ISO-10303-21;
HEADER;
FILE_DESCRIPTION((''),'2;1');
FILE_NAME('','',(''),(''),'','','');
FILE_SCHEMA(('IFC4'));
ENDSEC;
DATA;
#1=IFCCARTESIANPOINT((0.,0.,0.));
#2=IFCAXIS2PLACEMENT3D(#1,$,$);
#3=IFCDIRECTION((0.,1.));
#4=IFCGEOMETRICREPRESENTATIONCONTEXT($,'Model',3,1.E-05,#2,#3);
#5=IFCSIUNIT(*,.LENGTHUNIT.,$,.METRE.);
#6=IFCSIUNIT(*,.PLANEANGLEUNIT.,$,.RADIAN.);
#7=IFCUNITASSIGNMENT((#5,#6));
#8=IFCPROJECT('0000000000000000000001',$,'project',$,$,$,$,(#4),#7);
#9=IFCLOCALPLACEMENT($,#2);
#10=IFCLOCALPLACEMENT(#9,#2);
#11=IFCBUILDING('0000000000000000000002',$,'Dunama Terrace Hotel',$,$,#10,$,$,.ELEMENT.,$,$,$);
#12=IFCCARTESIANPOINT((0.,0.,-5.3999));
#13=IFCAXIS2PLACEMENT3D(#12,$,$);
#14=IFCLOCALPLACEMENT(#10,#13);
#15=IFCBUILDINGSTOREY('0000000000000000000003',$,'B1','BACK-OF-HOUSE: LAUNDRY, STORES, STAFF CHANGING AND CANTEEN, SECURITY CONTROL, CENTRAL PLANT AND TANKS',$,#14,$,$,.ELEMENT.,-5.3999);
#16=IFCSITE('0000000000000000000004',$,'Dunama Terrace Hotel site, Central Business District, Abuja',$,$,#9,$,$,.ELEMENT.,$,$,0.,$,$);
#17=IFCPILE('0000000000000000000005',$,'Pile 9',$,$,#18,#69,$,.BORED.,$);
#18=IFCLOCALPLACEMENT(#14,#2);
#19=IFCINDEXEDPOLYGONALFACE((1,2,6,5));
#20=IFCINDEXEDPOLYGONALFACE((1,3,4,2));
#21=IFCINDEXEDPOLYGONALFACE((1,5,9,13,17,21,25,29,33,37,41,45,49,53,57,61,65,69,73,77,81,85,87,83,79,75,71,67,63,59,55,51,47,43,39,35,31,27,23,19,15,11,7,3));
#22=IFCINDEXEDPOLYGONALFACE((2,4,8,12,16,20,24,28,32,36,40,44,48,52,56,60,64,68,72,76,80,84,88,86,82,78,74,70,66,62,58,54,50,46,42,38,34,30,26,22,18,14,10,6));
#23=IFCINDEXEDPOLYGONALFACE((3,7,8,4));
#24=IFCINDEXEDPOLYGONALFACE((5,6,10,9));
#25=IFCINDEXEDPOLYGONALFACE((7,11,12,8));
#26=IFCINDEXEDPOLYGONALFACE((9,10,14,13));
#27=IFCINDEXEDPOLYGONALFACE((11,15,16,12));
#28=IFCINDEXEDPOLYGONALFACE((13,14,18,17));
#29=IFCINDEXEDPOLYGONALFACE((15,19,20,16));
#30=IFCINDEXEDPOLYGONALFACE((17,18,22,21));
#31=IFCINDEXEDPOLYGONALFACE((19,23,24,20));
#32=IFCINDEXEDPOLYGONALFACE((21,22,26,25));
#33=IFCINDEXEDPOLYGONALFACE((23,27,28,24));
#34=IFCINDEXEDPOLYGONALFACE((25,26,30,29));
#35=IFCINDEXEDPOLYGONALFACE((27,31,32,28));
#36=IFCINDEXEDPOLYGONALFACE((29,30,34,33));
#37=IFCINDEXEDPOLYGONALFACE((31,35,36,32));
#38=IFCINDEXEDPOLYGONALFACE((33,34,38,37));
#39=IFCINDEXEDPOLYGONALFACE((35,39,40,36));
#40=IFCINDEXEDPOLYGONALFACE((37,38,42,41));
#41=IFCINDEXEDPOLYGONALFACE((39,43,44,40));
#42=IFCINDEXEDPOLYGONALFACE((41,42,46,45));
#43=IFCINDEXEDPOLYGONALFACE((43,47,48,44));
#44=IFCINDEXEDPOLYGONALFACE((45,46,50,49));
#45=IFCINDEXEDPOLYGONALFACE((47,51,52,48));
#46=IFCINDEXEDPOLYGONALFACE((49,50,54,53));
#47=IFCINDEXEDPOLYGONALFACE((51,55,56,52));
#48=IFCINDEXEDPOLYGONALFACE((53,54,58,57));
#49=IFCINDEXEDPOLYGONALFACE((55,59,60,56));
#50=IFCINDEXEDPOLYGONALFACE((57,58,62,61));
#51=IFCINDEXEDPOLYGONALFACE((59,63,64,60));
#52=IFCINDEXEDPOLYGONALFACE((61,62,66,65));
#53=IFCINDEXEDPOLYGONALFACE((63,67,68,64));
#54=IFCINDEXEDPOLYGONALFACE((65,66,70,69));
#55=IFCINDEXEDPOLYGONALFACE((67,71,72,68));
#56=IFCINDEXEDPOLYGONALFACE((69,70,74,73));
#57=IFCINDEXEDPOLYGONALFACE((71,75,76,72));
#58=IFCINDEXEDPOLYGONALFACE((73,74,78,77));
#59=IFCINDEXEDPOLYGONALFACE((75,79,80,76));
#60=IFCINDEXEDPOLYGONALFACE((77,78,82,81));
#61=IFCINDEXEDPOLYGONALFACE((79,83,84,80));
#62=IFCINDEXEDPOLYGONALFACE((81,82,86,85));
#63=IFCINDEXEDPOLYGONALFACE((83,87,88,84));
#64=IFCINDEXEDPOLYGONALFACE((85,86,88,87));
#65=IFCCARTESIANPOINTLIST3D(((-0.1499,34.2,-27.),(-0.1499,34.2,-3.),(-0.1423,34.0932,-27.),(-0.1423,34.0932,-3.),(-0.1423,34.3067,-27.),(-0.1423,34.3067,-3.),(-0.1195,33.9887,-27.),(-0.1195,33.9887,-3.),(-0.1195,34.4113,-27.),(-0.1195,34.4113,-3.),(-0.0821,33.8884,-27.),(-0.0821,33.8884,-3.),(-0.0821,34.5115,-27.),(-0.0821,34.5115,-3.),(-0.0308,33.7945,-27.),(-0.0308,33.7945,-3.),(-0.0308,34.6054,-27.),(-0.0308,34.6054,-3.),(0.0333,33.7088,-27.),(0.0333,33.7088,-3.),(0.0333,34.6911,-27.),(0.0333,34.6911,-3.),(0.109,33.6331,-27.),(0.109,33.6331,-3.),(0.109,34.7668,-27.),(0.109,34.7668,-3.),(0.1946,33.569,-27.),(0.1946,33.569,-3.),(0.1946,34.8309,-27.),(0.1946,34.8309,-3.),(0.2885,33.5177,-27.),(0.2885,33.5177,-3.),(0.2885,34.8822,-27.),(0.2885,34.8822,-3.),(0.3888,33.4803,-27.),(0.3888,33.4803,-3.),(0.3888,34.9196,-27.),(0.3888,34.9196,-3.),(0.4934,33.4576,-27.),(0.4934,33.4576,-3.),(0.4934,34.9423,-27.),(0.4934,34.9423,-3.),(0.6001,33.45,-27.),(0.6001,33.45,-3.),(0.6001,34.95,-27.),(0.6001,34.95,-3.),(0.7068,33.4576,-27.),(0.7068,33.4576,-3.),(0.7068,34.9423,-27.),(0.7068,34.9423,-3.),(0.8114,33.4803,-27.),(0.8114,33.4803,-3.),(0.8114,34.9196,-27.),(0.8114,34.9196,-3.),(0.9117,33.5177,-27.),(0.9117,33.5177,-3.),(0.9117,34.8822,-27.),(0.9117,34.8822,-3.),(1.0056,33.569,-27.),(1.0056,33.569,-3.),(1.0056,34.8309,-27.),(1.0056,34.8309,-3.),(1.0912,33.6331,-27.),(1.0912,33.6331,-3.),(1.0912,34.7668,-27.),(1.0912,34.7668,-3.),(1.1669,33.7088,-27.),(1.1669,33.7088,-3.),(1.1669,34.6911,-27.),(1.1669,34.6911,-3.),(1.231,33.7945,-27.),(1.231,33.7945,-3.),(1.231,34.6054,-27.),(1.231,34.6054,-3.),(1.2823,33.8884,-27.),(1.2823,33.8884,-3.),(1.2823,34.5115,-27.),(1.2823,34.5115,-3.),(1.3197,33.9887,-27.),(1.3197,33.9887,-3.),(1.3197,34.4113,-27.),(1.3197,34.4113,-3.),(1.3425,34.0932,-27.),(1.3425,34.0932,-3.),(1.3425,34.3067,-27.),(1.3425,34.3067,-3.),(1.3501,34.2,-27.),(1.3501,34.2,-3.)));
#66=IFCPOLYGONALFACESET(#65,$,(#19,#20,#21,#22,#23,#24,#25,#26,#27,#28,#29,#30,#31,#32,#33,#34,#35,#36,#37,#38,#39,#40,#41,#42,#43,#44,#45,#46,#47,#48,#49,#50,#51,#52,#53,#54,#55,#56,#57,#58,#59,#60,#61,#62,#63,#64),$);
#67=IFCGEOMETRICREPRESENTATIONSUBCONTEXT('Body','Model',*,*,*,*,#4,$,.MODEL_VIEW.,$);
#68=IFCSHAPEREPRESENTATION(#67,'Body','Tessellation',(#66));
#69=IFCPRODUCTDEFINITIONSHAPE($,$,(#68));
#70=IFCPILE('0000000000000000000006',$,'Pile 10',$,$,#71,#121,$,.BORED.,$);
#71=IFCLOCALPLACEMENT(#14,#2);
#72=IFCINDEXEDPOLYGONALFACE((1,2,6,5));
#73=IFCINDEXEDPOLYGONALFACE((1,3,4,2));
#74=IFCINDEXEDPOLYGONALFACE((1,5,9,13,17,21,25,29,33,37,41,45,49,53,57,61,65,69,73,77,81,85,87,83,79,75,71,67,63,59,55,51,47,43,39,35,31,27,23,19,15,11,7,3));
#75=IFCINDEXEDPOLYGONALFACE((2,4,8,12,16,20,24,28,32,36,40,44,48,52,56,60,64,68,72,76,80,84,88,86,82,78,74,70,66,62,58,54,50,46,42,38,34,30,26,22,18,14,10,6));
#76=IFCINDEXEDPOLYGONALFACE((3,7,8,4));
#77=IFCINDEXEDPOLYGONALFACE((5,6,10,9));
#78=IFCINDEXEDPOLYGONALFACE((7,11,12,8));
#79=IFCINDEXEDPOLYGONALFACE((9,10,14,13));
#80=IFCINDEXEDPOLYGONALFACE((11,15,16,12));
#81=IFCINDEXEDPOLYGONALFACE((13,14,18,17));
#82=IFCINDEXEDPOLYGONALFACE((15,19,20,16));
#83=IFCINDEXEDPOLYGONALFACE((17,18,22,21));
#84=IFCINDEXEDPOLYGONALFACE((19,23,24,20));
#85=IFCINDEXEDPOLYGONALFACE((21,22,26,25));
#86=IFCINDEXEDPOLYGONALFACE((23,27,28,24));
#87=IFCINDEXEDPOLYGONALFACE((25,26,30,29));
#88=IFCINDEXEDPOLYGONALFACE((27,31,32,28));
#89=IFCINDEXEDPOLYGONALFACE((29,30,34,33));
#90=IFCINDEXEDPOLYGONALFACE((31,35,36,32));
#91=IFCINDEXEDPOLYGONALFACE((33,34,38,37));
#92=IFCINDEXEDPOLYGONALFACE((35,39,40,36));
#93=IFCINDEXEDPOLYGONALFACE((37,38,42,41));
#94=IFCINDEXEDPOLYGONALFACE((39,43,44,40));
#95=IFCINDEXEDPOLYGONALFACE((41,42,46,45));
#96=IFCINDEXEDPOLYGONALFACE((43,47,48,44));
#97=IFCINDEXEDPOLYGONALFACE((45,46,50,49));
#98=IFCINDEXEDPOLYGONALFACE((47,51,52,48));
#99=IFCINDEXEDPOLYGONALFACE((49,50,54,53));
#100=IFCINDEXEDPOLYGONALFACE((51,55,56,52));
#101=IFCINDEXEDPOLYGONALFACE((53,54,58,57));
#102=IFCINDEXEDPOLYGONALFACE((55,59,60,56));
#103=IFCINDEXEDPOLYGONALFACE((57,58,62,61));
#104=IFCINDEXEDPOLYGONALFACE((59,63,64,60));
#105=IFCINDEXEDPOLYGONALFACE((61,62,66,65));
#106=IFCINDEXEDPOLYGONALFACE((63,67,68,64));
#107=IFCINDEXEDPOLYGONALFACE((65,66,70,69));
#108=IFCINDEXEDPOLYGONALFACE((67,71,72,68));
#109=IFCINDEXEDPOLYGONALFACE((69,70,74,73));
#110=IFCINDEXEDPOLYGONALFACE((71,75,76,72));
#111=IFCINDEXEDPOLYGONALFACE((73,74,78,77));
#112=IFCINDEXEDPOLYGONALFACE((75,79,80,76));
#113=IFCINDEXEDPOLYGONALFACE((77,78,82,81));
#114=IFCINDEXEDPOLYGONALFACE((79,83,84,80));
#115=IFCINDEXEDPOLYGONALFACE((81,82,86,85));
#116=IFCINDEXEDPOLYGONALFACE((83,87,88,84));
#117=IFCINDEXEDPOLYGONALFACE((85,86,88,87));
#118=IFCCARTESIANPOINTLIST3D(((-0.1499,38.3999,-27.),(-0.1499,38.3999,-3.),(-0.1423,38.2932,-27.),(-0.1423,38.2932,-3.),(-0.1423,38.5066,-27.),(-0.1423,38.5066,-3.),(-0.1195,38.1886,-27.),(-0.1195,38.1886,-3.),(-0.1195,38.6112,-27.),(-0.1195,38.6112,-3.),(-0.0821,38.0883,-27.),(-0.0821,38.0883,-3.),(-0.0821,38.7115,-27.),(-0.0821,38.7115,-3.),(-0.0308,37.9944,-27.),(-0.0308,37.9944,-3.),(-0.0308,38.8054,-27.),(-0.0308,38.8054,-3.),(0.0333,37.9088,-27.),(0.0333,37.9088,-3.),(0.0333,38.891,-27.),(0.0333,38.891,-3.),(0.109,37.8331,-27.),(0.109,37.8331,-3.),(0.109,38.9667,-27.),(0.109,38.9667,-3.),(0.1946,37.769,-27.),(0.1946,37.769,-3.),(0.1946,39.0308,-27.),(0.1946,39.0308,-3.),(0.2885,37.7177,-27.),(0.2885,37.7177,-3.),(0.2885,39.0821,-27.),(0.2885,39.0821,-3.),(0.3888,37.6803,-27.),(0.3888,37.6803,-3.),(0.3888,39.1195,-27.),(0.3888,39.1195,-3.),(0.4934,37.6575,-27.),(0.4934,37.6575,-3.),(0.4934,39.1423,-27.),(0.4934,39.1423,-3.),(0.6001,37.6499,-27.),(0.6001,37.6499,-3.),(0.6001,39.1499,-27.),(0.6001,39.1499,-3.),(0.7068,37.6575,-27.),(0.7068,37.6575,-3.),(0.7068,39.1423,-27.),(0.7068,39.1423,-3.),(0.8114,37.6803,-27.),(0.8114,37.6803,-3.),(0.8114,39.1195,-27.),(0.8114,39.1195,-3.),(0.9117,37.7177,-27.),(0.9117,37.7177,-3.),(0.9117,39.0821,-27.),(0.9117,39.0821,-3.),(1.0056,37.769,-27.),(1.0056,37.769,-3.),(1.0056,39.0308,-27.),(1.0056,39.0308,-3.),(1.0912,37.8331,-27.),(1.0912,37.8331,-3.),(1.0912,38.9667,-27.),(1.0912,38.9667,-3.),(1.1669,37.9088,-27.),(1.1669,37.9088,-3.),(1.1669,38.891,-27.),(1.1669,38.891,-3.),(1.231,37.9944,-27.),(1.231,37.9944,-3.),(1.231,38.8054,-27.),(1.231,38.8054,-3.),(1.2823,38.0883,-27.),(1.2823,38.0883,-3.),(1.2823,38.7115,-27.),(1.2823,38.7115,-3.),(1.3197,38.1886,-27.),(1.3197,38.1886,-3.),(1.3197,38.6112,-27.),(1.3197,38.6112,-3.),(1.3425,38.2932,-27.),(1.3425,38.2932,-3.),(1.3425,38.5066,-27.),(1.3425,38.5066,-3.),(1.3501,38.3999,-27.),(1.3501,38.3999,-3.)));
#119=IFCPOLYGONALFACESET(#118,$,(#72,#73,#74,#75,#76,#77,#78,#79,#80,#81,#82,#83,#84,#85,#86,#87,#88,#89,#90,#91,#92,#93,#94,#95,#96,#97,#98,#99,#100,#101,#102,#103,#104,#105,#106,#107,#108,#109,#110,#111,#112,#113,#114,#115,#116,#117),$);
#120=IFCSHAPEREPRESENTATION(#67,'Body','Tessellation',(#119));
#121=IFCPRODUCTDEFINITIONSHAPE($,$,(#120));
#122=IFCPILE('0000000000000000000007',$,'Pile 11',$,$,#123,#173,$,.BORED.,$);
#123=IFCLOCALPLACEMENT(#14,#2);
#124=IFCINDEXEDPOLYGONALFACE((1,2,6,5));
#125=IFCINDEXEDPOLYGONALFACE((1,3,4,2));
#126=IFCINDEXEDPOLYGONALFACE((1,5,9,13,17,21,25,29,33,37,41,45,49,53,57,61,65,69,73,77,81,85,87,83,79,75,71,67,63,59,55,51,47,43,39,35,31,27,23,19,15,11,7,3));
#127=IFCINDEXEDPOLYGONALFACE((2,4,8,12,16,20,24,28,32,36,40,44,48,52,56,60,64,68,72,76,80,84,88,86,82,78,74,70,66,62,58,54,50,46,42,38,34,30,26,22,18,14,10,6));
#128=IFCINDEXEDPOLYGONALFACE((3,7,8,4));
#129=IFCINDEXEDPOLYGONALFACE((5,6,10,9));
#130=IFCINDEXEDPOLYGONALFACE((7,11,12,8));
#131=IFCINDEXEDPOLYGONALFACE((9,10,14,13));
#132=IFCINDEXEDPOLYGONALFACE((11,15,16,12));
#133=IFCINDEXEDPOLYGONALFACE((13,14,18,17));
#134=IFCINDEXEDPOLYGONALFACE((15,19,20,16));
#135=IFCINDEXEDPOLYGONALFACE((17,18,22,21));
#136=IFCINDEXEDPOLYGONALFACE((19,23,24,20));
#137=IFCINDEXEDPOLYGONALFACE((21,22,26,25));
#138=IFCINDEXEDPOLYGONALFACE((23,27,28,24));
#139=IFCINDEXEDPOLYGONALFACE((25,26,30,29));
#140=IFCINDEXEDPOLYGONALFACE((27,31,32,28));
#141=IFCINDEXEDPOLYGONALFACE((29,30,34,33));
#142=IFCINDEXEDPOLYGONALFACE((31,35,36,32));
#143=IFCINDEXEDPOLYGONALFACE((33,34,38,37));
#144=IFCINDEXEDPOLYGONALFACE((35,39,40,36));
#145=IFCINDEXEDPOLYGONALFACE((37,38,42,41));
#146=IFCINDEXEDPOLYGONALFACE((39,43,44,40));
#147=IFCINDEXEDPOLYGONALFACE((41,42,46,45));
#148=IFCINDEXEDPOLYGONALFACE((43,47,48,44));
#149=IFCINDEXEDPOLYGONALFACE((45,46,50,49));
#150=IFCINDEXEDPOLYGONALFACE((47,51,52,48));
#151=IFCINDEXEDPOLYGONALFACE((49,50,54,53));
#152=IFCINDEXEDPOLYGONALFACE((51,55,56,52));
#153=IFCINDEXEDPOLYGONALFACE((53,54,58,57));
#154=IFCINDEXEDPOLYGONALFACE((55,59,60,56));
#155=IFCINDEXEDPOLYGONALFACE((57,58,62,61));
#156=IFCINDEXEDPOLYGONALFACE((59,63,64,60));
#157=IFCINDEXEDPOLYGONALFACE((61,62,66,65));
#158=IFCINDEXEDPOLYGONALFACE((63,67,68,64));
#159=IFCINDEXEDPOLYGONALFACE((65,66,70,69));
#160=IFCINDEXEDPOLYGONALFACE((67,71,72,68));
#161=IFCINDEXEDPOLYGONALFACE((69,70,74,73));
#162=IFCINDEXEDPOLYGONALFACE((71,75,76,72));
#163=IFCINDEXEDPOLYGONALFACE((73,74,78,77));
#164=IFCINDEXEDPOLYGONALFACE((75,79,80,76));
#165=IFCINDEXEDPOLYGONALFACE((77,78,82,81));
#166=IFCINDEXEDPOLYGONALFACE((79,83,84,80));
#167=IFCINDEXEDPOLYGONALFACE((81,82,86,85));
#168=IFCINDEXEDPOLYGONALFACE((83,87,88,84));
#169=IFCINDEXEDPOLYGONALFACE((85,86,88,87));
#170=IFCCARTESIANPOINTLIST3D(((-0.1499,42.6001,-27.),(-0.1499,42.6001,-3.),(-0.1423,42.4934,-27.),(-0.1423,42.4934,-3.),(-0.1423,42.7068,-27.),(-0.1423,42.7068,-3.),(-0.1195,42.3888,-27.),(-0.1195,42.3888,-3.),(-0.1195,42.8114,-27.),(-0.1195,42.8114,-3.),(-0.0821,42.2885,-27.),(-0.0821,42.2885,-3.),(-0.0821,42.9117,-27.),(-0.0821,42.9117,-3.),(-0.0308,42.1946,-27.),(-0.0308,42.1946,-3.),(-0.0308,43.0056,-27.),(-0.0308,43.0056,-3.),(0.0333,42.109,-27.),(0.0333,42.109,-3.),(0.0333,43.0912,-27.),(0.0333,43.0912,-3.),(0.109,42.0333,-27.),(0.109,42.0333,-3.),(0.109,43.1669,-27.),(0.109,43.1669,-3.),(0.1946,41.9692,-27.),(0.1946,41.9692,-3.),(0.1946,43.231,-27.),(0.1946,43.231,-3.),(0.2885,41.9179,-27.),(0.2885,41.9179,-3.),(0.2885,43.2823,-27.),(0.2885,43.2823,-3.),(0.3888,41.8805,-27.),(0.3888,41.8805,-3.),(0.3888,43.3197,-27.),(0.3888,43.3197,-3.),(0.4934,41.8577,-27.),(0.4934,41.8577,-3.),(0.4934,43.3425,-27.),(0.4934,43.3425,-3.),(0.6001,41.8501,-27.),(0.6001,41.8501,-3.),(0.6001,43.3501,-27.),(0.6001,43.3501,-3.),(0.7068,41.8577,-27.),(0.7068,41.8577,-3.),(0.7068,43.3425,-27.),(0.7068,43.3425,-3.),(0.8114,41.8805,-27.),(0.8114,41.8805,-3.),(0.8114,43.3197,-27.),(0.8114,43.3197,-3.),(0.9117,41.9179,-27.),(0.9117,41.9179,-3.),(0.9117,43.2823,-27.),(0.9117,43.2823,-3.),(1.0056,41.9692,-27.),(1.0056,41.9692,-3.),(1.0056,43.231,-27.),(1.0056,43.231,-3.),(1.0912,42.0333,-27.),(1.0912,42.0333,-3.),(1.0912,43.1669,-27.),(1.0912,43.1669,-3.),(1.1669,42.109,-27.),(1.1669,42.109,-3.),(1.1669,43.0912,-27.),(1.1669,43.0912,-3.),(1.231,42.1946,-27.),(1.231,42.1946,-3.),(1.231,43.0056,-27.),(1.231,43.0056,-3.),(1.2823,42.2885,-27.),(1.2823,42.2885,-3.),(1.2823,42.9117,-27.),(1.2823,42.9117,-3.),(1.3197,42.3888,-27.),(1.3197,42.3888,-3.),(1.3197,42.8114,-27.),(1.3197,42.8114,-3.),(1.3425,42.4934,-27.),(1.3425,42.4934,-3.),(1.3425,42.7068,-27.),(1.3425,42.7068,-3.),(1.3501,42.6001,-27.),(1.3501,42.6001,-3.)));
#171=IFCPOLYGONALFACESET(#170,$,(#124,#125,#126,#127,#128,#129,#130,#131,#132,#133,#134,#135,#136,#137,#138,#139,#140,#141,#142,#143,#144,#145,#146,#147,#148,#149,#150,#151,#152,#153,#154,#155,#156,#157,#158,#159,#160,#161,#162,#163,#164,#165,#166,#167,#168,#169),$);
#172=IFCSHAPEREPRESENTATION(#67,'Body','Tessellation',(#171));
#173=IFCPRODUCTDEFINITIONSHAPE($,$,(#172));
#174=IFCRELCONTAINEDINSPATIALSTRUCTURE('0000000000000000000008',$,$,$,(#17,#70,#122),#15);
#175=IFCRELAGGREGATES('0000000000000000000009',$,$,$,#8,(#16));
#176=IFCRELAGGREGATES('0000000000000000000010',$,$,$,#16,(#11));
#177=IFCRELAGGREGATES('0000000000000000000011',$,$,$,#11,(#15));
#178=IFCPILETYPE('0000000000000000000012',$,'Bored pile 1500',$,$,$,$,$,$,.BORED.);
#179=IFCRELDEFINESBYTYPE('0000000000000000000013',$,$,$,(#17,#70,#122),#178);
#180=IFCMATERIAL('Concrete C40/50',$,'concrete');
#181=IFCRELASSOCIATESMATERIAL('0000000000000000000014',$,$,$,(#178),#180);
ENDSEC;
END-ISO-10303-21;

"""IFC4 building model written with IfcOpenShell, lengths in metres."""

from ifc_helpers import new_model, si_unit, direction, frame, origin, origin_2d, place, context, subcontext, project, spatial, circle, extrude, material, material_profile, profile_set, type_object, element, save


model = new_model("IFC4")

# Units and contexts
model_context = context("Model", 3, precision=1e-05, world=origin(), true_north=direction((0.0, 1.0)))
body_context = subcontext(model_context, "Body", "Model", "MODEL_VIEW")
ifc_project = project(units=[si_unit("LENGTHUNIT", "METRE"), si_unit("PLANEANGLEUNIT", "RADIAN")], contexts=[model_context])

# Site, building, storey
site_placement = place(None, origin())
site = spatial("IfcSite", under=ifc_project, at=site_placement, Name="Dunama Terrace Hotel site, Central Business District, Abuja", CompositionType="ELEMENT", RefElevation=0.0)
building_placement = place(site_placement, origin())
building = spatial("IfcBuilding", under=site, at=building_placement, Name="Dunama Terrace Hotel", CompositionType="ELEMENT")
storey_placement = place(building_placement, frame((0.0, 0.0, -5.3999)))
storey = spatial("IfcBuildingStorey", under=building, at=storey_placement, Name="B1", Description="BACK-OF-HOUSE: LAUNDRY, STORES, STAFF CHANGING AND CANTEEN, SECURITY CONTROL, CENTRAL PLANT AND TANKS", CompositionType="ELEMENT", Elevation=-5.3999)

# Piles
ifc_material_1 = material(Name="Concrete C40/50", Category="concrete")
ifc_material_profile_1 = material_profile(ifc_material_1, circle(Radius=0.75, at=origin_2d()), Name="PILE D1500")
ifc_profile_set_1 = profile_set([ifc_material_profile_1], Name="Concrete C40/50")
pile_type = type_object("IfcPileType", Name="Bored pile 1500", PredefinedType="BORED", material=ifc_profile_set_1)
for number, where, z_axis, x_axis, name in (
    (1, (0.6001, 34.2, -3.0), (0.0, 0.0, -1.0), (1.0, 0.0, 0.0), "Pile 9"),
    (2, (0.6001, 38.3999, -3.0), (0.0, 0.0, -1.0), (1.0, 0.0, 0.0), "Pile 10"),
    (3, (0.6001, 42.6001, -3.0), (0.0, 0.0, -1.0), (1.0, 0.0, 0.0), "Pile 11"),
):
    element("IfcPile", number, at=place(storey_placement, frame(where, z_axis=z_axis, x_axis=x_axis)), inside=storey, type_object=pile_type, Name=name, PredefinedType="BORED", context=body_context, shape_type="SweptSolid", body=[
        extrude(circle(Radius=0.75, at=origin_2d()), origin(), (0.0, 0.0, 1.0), 24.0),
    ])

save(model, "model.ifc")
